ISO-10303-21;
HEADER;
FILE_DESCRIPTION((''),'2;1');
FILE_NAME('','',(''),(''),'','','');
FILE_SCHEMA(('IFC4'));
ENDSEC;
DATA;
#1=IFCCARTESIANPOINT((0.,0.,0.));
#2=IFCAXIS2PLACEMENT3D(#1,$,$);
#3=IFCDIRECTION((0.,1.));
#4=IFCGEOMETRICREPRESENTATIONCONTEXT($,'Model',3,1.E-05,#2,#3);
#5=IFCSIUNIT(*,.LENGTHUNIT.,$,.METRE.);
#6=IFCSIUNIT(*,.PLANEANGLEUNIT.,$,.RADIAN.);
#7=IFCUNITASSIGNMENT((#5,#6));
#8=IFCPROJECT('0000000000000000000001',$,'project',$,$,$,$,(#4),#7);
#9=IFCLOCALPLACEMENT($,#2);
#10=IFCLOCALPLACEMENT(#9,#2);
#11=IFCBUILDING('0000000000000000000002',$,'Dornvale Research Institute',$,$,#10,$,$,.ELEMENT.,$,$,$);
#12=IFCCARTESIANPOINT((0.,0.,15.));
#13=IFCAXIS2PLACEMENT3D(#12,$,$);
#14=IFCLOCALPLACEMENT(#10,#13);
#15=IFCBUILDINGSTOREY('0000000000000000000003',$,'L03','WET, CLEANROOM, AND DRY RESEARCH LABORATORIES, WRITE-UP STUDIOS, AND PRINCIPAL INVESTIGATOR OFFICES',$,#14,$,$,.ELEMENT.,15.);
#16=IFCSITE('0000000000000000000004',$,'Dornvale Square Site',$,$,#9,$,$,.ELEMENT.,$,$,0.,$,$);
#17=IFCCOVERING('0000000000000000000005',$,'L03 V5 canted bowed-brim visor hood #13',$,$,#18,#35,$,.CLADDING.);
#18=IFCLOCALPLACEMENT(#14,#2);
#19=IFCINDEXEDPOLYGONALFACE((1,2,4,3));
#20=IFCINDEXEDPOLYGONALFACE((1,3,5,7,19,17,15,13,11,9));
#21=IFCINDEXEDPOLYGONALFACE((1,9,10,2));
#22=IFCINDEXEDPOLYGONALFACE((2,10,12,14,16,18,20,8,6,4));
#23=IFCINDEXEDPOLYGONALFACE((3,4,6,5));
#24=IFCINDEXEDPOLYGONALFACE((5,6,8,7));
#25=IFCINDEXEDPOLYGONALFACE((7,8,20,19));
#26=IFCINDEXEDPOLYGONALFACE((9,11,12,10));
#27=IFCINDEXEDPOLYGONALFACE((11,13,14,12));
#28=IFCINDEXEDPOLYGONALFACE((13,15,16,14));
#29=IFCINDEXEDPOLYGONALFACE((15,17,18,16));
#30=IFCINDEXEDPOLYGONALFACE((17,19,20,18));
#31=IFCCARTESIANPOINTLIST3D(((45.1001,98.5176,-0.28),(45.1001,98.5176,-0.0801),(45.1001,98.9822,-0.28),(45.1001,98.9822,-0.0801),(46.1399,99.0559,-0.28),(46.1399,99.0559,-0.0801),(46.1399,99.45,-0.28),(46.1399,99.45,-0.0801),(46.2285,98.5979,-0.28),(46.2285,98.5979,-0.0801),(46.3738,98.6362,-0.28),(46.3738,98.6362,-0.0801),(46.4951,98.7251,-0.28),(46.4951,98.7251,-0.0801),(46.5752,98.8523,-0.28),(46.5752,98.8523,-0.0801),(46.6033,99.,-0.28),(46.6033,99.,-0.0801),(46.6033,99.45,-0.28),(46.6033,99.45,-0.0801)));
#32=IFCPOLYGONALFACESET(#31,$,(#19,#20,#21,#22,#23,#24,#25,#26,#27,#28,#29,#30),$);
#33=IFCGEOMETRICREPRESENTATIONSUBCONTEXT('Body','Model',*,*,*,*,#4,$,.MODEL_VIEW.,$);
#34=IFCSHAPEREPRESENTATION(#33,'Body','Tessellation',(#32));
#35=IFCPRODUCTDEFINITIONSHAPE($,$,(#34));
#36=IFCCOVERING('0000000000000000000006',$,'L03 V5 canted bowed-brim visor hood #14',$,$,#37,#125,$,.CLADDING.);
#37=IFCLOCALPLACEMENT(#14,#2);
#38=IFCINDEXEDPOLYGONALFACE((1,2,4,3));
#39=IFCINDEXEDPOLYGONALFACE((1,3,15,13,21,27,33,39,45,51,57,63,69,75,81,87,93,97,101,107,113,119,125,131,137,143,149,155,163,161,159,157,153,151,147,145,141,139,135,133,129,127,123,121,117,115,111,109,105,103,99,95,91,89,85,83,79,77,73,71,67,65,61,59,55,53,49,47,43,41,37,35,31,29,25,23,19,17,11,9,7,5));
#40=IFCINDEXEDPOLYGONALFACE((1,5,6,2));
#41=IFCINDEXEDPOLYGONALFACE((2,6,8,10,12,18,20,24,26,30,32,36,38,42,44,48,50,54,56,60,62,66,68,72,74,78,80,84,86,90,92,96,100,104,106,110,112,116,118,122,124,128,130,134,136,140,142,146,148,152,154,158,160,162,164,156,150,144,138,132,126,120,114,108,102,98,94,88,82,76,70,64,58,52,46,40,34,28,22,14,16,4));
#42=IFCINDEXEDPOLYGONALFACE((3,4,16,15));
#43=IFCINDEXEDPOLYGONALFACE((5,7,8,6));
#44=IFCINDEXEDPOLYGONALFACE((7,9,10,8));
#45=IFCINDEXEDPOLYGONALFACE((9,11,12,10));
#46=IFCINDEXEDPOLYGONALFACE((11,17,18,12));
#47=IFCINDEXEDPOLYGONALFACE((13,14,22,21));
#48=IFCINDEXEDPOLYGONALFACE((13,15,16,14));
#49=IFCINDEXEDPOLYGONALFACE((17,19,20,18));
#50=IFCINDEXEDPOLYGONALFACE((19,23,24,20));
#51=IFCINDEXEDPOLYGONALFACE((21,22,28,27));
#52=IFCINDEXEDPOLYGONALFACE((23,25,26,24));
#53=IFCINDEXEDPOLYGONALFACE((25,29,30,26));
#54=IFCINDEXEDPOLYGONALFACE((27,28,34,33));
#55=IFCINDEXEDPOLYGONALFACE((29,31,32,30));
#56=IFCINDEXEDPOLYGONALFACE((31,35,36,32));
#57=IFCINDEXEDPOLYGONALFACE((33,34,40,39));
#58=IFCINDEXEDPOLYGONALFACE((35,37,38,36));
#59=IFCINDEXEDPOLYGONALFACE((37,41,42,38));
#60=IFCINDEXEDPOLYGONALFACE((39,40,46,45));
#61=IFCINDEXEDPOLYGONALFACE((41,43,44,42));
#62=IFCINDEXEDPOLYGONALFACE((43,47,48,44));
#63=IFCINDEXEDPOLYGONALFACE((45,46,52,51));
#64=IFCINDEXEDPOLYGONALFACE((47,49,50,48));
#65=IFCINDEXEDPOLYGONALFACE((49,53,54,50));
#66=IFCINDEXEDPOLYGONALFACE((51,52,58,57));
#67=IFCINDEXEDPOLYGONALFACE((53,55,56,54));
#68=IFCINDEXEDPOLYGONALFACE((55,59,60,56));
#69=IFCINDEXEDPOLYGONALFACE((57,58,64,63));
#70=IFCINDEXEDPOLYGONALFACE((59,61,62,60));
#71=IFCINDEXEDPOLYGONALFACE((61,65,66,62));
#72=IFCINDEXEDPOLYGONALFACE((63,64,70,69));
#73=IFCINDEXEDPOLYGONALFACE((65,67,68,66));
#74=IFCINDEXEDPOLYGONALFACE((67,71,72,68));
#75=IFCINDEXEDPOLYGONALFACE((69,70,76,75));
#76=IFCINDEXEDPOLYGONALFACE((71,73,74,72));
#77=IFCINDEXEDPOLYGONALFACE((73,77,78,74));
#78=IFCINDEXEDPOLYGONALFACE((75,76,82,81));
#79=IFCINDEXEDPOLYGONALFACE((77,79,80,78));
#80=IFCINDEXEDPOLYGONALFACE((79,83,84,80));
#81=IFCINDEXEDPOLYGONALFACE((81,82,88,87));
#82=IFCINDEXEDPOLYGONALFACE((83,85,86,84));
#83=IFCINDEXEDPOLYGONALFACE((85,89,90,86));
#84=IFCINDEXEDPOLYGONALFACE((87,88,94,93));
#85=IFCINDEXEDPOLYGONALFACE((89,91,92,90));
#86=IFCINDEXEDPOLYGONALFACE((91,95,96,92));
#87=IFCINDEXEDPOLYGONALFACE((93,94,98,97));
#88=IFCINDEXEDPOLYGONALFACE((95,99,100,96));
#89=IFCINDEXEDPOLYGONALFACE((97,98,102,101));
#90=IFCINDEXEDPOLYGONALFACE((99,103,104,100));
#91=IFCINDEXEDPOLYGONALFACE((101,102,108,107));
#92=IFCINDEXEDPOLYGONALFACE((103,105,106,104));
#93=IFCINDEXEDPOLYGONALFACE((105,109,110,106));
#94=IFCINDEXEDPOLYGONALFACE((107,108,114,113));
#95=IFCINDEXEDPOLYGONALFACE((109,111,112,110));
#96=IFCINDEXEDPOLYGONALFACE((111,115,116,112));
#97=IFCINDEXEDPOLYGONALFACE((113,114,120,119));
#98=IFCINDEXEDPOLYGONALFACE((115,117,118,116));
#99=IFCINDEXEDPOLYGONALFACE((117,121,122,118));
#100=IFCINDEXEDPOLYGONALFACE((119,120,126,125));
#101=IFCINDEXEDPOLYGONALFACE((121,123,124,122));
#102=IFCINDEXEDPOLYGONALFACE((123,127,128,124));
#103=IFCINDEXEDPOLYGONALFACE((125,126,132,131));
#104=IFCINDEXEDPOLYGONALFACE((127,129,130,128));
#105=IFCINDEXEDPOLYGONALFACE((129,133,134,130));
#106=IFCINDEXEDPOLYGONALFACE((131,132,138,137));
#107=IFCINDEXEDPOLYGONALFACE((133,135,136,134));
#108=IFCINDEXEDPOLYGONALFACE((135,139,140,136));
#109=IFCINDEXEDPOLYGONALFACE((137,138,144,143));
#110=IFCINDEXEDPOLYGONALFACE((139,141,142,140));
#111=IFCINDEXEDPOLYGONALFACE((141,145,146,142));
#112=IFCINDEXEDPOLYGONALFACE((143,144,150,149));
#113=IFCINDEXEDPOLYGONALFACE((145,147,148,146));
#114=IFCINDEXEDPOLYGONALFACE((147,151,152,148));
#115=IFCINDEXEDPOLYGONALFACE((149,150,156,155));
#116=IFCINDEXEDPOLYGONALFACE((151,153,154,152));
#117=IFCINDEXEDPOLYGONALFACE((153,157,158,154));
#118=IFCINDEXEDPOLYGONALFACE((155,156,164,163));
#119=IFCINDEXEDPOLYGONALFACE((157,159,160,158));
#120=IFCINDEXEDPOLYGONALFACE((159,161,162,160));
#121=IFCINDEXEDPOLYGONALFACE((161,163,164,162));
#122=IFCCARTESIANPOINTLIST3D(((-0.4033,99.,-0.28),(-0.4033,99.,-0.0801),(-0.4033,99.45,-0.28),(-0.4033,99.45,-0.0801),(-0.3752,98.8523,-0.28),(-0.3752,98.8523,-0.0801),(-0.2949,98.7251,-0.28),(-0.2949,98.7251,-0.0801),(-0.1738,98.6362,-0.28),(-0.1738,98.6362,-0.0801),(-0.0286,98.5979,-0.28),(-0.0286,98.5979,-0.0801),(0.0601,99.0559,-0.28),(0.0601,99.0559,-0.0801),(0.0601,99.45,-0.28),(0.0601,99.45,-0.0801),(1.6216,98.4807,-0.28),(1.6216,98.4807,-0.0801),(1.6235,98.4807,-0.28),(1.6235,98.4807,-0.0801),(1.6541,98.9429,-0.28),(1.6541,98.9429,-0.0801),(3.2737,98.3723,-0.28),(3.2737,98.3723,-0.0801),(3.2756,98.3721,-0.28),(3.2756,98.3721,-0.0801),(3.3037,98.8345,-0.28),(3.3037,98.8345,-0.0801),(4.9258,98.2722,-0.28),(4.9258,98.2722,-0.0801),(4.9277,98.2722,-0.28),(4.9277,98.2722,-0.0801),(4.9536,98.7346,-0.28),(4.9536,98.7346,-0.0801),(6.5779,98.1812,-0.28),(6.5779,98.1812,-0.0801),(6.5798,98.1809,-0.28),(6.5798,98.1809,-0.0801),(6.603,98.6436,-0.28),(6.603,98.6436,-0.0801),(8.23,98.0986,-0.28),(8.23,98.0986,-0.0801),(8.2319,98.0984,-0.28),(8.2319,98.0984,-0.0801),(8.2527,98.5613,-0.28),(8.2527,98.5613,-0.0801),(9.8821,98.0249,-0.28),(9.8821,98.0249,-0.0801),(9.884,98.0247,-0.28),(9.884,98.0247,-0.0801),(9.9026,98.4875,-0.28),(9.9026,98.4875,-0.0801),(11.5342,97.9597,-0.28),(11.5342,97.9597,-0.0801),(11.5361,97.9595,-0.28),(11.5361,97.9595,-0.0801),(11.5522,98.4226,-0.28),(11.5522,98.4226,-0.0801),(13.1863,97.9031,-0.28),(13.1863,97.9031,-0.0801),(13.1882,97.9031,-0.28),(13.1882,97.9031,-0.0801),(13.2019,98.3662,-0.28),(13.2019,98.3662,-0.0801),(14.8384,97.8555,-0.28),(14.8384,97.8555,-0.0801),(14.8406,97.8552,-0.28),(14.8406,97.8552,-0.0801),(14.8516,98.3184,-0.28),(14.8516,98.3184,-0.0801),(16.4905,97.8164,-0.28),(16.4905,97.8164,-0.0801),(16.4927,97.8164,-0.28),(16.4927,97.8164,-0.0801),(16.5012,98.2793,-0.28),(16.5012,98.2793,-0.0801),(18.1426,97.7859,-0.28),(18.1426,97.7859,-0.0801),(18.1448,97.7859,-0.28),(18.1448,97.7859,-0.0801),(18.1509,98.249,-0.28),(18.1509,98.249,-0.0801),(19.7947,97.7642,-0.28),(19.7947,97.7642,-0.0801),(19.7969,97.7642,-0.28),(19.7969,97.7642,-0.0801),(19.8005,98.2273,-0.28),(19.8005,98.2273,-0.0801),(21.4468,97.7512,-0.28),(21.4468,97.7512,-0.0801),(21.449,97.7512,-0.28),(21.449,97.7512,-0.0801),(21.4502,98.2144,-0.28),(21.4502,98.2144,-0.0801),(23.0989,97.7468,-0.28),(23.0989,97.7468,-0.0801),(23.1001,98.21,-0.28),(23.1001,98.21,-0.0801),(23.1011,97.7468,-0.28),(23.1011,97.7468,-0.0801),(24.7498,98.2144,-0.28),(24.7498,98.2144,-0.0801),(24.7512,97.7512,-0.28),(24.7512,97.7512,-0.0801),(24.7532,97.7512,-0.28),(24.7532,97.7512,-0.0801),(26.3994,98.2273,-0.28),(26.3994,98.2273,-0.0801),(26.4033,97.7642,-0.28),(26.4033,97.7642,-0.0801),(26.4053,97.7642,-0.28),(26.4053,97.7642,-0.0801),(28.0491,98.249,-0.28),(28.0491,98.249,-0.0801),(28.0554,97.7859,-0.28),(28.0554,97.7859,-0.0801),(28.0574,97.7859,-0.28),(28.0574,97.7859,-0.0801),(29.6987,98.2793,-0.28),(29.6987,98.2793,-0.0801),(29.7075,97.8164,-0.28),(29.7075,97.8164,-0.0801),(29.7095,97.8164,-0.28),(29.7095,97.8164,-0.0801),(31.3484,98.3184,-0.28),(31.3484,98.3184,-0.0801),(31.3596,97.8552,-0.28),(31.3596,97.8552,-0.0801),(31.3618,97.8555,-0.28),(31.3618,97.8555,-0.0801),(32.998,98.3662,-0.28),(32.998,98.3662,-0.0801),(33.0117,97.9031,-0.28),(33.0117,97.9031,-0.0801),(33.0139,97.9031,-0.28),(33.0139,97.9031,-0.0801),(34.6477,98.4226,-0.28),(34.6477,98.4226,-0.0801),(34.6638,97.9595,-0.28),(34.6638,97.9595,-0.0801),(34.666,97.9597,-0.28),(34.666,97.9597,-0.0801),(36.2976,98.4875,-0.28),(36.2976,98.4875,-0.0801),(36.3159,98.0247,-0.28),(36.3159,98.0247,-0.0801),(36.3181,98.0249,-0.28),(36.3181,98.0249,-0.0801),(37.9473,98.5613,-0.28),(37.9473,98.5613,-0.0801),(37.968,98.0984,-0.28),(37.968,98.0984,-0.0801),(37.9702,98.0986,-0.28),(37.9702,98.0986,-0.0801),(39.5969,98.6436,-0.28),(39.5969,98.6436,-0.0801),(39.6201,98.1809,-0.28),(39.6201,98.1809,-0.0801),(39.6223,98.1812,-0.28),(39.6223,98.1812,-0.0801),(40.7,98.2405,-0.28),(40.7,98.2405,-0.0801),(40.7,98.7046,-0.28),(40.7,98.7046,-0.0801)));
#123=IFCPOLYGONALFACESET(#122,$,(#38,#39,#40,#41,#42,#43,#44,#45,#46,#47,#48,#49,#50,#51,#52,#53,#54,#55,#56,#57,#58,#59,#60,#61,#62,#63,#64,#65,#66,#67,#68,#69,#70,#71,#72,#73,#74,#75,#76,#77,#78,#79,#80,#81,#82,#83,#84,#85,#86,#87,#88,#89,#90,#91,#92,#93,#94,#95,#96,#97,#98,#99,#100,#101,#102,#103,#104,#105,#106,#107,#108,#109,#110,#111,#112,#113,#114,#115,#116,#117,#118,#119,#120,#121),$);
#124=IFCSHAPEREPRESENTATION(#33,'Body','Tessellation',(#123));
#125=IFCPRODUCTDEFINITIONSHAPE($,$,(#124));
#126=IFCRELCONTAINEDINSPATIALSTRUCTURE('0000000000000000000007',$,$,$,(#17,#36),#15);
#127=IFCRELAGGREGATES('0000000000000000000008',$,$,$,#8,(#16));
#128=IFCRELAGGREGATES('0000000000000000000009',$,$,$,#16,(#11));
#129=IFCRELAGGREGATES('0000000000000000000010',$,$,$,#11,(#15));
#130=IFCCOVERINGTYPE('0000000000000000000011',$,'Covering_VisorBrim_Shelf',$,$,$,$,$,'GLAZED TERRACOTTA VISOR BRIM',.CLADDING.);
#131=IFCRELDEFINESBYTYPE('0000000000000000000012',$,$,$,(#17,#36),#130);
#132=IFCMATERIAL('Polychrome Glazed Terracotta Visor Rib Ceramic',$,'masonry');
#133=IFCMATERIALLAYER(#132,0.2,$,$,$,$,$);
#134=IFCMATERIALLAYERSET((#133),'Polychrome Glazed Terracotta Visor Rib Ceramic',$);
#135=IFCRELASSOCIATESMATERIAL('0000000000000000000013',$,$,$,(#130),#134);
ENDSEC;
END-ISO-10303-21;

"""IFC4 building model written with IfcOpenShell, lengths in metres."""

from ifc_helpers import new_model, si_unit, direction, frame, origin, place, context, subcontext, project, spatial, polyline, outline, extrude, material, layer, layer_set, type_object, element, save


model = new_model("IFC4")

# Units and contexts
model_context = context("Model", 3, precision=1e-05, world=origin(), true_north=direction((0.0, 1.0)))
body_context = subcontext(model_context, "Body", "Model", "MODEL_VIEW")
ifc_project = project(units=[si_unit("LENGTHUNIT", "METRE"), si_unit("PLANEANGLEUNIT", "RADIAN")], contexts=[model_context])

# Site, building, storey
site_placement = place(None, origin())
site = spatial("IfcSite", under=ifc_project, at=site_placement, Name="Dornvale Square Site", CompositionType="ELEMENT", RefElevation=0.0)
building_placement = place(site_placement, origin())
building = spatial("IfcBuilding", under=site, at=building_placement, Name="Dornvale Research Institute", CompositionType="ELEMENT")
storey_placement = place(building_placement, frame((0.0, 0.0, 15.0)))
storey = spatial("IfcBuildingStorey", under=building, at=storey_placement, Name="L03", Description="WET, CLEANROOM, AND DRY RESEARCH LABORATORIES, WRITE-UP STUDIOS, AND PRINCIPAL INVESTIGATOR OFFICES", CompositionType="ELEMENT", Elevation=15.0)

# Coverings
ifc_material_1 = material(Name="Polychrome Glazed Terracotta Visor Rib Ceramic", Category="masonry")
ifc_layer_1 = layer(ifc_material_1, 0.2)
ifc_layer_set_1 = layer_set([ifc_layer_1], Name="Polychrome Glazed Terracotta Visor Rib Ceramic")
covering_type_1 = type_object("IfcCoveringType", Name="Covering_VisorBrim_Shelf", ElementType="GLAZED TERRACOTTA VISOR BRIM", PredefinedType="CLADDING", material=ifc_layer_set_1)
covering_1_placement = place(storey_placement, frame((0.0, 0.0, -0.28)))
element("IfcCovering", 1, at=covering_1_placement, inside=storey, type_object=covering_type_1, Name="L03 V5 canted bowed-brim visor hood #13", PredefinedType="CLADDING", context=body_context, shape_type="SweptSolid", body=[
    extrude(outline(polyline([(46.6033, 99.0), (46.5752, 98.8523), (46.4951, 98.7251), (46.3738, 98.6362), (46.2285, 98.5979), (45.1001, 98.5176), (45.1001, 98.9822), (46.1399, 99.0559), (46.1399, 99.45), (46.6033, 99.45), (46.6033, 99.0)])), origin(), (0.0, 0.0, 1.0), 0.2),
])
covering_2_placement = place(storey_placement, frame((0.0, 0.0, -0.28)))
element("IfcCovering", 2, at=covering_2_placement, inside=storey, type_object=covering_type_1, Name="L03 V5 canted bowed-brim visor hood #14", PredefinedType="CLADDING", context=body_context, shape_type="SweptSolid", body=[
    extrude(outline(polyline([(0.0601, 99.0559), (1.6541, 98.9429), (3.3037, 98.8345), (4.9536, 98.7346), (6.603, 98.6436), (8.2527, 98.5613), (9.9026, 98.4875), (11.5522, 98.4226), (13.2019, 98.3662), (14.8516, 98.3184), (16.5012, 98.2793), (18.1509, 98.249), (19.8005, 98.2273), (21.4502, 98.2144), (23.1001, 98.21), (24.7498, 98.2144), (26.3994, 98.2273), (28.0491, 98.249), (29.6987, 98.2793), (31.3484, 98.3184), (32.998, 98.3662), (34.6477, 98.4226), (36.2976, 98.4875), (37.9473, 98.5613), (39.5969, 98.6436), (40.7, 98.7046), (40.7, 98.2405), (39.6223, 98.1812), (39.6201, 98.1809), (37.9702, 98.0986), (37.968, 98.0984), (36.3181, 98.0249), (36.3159, 98.0247), (34.666, 97.9597), (34.6638, 97.9595), (33.0139, 97.9031), (33.0117, 97.9031), (31.3618, 97.8555), (31.3596, 97.8552), (29.7095, 97.8164), (29.7075, 97.8164), (28.0574, 97.7859), (28.0554, 97.7859), (26.4053, 97.7642), (26.4033, 97.7642), (24.7532, 97.7512), (24.7512, 97.7512), (23.1011, 97.7468), (23.0989, 97.7468), (21.449, 97.7512), (21.4468, 97.7512), (19.7969, 97.7642), (19.7947, 97.7642), (18.1448, 97.7859), (18.1426, 97.7859), (16.4927, 97.8164), (16.4905, 97.8164), (14.8406, 97.8552), (14.8384, 97.8555), (13.1882, 97.9031), (13.1863, 97.9031), (11.5361, 97.9595), (11.5342, 97.9597), (9.884, 98.0247), (9.8821, 98.0249), (8.2319, 98.0984), (8.23, 98.0986), (6.5798, 98.1809), (6.5779, 98.1812), (4.9277, 98.2722), (4.9258, 98.2722), (3.2756, 98.3721), (3.2737, 98.3723), (1.6235, 98.4807), (1.6216, 98.4807), (-0.0286, 98.5979), (-0.1738, 98.6362), (-0.2949, 98.7251), (-0.3752, 98.8523), (-0.4033, 99.0), (-0.4033, 99.45), (0.0601, 99.45), (0.0601, 99.0559)])), origin(), (0.0, 0.0, 1.0), 0.2),
])

save(model, "model.ifc")
